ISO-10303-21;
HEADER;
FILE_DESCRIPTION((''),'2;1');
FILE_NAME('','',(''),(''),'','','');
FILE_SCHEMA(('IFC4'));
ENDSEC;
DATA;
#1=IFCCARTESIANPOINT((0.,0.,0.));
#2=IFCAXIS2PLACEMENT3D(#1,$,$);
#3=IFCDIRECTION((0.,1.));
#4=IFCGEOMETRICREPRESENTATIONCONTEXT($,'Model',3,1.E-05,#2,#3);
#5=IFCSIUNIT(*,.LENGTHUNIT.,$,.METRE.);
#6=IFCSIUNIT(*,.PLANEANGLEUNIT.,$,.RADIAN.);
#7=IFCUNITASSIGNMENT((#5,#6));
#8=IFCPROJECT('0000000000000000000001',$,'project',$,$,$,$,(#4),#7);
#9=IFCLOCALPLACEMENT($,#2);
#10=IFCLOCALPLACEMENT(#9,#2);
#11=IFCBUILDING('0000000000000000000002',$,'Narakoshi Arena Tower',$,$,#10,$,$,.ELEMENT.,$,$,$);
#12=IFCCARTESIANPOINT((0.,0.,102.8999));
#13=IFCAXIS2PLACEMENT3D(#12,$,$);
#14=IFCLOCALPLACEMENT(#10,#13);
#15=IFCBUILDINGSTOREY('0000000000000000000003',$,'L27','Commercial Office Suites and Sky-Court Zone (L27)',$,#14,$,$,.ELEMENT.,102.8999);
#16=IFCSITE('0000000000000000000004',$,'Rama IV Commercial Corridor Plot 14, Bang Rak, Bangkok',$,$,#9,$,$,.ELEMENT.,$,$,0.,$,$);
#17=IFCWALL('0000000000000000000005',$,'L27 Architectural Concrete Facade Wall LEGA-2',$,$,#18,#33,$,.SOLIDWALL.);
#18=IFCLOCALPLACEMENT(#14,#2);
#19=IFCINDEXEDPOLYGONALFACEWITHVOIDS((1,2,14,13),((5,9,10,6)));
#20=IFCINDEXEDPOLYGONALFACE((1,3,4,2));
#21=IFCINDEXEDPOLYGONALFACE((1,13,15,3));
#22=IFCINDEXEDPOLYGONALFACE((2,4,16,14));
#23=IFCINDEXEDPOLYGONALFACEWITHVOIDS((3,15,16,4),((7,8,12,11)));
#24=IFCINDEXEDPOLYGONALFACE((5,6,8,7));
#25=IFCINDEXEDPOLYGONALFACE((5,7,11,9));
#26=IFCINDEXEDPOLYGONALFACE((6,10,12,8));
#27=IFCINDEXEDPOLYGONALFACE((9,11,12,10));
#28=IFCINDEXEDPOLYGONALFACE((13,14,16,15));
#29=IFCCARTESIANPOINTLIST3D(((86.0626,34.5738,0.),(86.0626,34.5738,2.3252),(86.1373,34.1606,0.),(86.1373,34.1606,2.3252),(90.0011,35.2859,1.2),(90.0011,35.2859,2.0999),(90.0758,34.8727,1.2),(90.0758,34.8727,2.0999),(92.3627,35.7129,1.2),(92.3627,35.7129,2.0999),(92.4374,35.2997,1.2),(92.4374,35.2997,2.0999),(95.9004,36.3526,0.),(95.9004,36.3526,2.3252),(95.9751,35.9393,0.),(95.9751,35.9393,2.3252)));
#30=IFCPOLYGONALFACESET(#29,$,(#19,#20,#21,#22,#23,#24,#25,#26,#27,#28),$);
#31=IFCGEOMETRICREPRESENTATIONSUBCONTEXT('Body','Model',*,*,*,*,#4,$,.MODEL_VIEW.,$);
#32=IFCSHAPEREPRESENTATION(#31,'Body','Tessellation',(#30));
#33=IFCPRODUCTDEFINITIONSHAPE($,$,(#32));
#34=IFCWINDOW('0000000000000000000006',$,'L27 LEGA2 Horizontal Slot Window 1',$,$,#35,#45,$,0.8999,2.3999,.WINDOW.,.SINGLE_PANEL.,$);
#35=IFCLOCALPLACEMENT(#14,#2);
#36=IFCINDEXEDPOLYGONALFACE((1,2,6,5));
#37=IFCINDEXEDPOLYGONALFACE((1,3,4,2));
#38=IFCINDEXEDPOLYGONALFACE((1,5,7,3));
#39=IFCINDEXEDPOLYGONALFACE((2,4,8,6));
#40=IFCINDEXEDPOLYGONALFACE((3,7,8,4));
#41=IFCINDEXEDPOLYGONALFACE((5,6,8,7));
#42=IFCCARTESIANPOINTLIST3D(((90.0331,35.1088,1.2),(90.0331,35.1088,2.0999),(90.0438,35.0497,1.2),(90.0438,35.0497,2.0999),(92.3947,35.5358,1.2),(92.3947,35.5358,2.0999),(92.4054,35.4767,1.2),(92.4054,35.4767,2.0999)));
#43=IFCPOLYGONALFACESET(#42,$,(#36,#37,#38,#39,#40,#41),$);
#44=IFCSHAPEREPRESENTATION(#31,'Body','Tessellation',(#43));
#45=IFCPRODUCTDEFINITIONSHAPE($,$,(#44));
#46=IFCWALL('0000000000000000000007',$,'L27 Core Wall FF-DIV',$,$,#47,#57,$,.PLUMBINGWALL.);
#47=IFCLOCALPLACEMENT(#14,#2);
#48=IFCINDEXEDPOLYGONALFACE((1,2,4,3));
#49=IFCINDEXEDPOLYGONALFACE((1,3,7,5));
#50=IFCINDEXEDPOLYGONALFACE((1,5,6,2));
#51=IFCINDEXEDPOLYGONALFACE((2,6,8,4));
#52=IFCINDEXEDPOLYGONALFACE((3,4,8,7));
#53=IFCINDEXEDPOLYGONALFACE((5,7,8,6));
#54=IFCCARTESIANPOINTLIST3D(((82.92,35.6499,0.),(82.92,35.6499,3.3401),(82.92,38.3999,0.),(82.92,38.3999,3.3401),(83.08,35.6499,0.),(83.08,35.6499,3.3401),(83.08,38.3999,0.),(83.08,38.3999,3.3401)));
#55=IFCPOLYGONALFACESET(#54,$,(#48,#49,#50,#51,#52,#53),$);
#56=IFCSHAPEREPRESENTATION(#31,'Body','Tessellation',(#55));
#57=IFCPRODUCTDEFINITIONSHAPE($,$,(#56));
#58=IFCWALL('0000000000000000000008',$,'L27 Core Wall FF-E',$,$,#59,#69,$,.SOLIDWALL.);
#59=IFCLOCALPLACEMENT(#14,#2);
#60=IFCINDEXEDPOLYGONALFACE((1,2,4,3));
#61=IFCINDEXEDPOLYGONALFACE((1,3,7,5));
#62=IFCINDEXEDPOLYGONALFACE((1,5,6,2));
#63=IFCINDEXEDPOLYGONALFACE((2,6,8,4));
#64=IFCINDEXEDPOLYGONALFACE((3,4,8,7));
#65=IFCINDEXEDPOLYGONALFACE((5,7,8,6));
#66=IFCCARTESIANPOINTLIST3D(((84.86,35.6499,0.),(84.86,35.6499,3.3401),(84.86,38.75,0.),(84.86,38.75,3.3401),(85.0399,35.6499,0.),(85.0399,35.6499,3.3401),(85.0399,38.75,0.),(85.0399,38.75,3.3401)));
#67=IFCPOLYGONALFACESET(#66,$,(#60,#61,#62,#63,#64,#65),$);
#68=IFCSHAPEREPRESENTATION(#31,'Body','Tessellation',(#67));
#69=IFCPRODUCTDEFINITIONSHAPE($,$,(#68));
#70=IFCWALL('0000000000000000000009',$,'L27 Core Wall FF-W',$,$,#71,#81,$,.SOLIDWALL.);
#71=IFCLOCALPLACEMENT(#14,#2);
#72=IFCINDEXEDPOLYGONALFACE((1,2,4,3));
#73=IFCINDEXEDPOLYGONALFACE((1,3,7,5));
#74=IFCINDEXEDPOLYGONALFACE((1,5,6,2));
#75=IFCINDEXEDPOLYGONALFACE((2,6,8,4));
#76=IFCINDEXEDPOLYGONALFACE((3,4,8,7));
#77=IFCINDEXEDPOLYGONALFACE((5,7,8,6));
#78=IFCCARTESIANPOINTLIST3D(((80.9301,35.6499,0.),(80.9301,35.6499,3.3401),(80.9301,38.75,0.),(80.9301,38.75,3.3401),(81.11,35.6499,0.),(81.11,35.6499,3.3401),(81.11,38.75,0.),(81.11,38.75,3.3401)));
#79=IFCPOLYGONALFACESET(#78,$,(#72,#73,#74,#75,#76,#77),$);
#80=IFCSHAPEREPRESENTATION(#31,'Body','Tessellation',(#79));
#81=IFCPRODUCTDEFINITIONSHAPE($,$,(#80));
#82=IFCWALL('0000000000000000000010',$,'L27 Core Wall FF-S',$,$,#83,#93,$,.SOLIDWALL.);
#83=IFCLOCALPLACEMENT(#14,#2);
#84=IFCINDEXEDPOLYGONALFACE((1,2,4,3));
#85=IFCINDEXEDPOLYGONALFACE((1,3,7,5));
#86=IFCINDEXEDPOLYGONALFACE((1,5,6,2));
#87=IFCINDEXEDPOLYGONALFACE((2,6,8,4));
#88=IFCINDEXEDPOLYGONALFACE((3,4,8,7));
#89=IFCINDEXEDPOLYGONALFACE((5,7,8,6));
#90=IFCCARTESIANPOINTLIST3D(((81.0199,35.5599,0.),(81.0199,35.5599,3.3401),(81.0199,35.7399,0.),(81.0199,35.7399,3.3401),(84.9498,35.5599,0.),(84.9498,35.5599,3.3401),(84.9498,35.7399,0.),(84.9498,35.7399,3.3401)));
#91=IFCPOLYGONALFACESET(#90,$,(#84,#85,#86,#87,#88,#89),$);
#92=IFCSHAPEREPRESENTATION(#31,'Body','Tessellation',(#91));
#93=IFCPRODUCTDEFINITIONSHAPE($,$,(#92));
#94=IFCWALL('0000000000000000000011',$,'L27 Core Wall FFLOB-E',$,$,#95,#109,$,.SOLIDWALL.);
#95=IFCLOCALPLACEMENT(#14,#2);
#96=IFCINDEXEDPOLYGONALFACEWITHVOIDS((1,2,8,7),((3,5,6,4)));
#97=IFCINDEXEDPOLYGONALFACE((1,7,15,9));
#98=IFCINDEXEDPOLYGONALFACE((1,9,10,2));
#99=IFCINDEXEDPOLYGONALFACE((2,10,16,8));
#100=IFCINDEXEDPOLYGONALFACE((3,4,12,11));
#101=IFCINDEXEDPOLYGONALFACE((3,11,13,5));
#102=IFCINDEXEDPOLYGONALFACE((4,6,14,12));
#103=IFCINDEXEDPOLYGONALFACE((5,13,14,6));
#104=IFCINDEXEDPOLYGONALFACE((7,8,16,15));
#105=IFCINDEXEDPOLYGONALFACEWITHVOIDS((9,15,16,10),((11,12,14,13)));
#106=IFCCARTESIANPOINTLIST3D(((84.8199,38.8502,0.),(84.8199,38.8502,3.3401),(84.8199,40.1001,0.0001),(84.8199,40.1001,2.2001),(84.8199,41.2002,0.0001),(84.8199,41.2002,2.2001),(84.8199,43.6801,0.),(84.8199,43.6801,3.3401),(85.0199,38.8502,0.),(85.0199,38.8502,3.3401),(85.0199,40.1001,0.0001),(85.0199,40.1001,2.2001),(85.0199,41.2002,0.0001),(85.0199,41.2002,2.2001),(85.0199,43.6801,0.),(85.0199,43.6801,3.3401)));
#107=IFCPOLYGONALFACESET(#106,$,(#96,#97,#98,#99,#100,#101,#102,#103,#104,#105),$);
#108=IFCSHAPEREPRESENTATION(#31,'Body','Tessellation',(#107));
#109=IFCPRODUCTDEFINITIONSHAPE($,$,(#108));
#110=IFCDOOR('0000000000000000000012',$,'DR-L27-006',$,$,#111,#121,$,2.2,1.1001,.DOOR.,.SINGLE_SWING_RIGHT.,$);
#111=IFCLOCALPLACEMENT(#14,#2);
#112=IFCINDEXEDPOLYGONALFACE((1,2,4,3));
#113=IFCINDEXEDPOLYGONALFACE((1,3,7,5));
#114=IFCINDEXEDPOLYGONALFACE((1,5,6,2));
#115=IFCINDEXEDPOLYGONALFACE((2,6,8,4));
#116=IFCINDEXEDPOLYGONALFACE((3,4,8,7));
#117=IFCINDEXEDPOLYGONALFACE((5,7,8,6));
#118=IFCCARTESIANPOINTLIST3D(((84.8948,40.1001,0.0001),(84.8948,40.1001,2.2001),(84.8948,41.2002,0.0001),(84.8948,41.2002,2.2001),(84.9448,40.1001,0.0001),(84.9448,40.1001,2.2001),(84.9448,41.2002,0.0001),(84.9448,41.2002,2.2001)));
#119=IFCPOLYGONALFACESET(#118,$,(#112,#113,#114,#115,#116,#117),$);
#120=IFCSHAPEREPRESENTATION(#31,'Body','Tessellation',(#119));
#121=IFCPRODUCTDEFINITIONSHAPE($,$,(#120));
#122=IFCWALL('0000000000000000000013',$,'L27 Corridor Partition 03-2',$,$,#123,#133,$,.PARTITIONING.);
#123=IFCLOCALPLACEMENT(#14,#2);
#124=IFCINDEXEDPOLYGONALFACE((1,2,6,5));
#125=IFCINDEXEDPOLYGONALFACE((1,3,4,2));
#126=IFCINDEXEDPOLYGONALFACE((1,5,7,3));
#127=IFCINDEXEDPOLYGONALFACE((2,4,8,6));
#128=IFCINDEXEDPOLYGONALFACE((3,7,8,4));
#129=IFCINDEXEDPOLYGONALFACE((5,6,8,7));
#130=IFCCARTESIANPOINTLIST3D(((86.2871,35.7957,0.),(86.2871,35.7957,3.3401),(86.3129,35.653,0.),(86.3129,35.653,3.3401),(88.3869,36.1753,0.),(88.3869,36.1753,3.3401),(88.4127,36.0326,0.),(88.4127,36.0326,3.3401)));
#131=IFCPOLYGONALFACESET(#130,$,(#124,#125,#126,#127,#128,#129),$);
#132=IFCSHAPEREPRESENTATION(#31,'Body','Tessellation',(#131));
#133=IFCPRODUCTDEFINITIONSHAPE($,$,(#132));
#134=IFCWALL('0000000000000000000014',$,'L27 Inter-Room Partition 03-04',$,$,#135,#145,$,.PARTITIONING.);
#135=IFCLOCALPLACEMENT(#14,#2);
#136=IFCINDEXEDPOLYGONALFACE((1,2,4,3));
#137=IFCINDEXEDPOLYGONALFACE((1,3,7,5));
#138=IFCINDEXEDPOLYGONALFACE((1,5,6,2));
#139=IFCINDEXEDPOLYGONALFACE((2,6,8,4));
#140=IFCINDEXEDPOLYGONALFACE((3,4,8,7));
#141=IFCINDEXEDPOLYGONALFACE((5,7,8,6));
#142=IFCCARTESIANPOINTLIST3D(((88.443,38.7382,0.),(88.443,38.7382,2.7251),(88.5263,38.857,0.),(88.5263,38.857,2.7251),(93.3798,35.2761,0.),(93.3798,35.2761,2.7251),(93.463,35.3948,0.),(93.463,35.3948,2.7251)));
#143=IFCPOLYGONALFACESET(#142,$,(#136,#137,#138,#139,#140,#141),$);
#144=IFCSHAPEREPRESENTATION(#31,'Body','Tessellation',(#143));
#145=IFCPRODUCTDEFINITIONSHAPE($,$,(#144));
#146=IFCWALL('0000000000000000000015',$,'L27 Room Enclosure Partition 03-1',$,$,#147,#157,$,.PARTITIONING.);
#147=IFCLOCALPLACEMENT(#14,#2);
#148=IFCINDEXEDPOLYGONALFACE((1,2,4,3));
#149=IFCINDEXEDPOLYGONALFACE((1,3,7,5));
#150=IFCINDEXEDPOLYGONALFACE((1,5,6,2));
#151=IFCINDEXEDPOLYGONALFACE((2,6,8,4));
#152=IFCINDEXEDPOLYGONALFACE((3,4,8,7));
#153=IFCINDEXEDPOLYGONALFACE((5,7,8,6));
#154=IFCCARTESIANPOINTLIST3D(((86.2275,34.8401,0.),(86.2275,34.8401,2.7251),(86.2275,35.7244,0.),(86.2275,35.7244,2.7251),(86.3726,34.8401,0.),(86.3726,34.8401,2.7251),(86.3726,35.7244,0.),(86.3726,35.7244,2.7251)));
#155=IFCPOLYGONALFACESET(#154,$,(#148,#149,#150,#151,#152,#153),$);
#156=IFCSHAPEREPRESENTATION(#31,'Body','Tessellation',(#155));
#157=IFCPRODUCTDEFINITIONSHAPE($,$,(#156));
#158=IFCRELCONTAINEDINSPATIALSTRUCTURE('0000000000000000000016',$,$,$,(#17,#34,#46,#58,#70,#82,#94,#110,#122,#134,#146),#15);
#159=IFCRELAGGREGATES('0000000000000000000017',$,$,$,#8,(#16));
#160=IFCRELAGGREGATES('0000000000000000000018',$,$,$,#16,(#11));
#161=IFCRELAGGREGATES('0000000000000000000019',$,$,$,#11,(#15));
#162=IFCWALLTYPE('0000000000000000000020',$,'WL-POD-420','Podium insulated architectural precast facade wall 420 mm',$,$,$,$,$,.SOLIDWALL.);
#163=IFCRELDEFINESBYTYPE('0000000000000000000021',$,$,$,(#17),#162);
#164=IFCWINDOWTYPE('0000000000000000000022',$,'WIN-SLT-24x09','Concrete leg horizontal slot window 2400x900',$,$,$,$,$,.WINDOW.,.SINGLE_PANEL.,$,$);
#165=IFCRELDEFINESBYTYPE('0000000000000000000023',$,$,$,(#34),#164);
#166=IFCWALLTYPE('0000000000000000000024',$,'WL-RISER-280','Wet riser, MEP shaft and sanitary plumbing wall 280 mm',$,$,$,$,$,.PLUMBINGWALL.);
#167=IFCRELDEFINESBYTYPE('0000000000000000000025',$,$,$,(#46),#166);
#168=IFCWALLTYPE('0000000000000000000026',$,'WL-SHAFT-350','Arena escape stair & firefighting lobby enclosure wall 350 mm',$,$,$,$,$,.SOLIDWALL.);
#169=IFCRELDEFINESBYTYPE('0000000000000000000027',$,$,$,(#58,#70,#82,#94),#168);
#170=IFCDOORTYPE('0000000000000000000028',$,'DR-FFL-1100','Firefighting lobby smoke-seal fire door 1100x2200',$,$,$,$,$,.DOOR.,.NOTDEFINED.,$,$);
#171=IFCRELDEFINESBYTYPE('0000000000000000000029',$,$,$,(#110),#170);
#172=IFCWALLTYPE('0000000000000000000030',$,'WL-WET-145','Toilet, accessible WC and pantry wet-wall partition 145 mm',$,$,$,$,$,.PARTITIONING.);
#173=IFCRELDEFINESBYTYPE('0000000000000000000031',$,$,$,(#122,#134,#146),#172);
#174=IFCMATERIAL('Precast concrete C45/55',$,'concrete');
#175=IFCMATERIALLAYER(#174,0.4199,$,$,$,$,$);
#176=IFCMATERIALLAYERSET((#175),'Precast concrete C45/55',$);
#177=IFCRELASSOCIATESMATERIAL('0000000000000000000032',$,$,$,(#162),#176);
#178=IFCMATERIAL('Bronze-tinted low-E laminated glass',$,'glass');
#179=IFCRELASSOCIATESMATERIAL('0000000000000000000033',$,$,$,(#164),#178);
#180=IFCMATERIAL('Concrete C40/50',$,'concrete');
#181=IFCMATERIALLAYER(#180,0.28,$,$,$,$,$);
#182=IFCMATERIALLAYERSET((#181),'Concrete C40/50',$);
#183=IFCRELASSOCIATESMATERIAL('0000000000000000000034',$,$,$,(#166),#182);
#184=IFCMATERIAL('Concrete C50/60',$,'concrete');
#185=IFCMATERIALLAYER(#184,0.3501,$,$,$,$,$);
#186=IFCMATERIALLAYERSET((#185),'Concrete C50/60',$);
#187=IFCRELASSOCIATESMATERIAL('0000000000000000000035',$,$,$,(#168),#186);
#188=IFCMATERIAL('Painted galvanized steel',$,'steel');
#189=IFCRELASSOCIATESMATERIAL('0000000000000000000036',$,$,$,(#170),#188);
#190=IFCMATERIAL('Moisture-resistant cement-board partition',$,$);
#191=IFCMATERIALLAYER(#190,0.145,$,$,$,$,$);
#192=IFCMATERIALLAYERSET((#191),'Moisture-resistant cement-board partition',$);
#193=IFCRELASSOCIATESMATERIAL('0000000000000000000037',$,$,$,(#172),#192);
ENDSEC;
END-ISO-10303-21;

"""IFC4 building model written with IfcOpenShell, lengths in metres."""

from ifc_helpers import new_model, si_unit, direction, frame, frame_2d, origin, place, context, subcontext, project, spatial, rectangle, extrude, material, layer, layer_set, type_object, element, fill, save


model = new_model("IFC4")

# Units and contexts
model_context = context("Model", 3, precision=1e-05, world=origin(), true_north=direction((0.0, 1.0)))
body_context = subcontext(model_context, "Body", "Model", "MODEL_VIEW")
ifc_project = project(units=[si_unit("LENGTHUNIT", "METRE"), si_unit("PLANEANGLEUNIT", "RADIAN")], contexts=[model_context])

# Site, building, storey
site_placement = place(None, origin())
site = spatial("IfcSite", under=ifc_project, at=site_placement, Name="Rama IV Commercial Corridor Plot 14, Bang Rak, Bangkok", CompositionType="ELEMENT", RefElevation=0.0)
building_placement = place(site_placement, origin())
building = spatial("IfcBuilding", under=site, at=building_placement, Name="Narakoshi Arena Tower", CompositionType="ELEMENT")
storey_placement = place(building_placement, frame((0.0, 0.0, 102.8999)))
storey = spatial("IfcBuildingStorey", under=building, at=storey_placement, Name="L27", Description="Commercial Office Suites and Sky-Court Zone (L27)", CompositionType="ELEMENT", Elevation=102.8999)

# Wall, opening, window
ifc_material_1 = material(Name="Precast concrete C45/55", Category="concrete")
ifc_layer_1 = layer(ifc_material_1, 0.4199)
ifc_layer_set_1 = layer_set([ifc_layer_1], Name="Precast concrete C45/55")
wall_type_1 = type_object("IfcWallType", Name="WL-POD-420", Description="Podium insulated architectural precast facade wall 420 mm", PredefinedType="SOLIDWALL", material=ifc_layer_set_1)
wall_1_placement = place(storey_placement, frame((86.1001, 34.3672, 0.0), z_axis=(0.0, 0.0, 1.0), x_axis=(0.984044, 0.177927, 0.0)))
wall_1 = element("IfcWall", 1, at=wall_1_placement, inside=storey, type_object=wall_type_1, Name="L27 Architectural Concrete Facade Wall LEGA-2", PredefinedType="SOLIDWALL", context=body_context, shape_type="SweptSolid", body=[
    extrude(rectangle(XDim=9.9973, YDim=0.4199, at=frame_2d((4.9985, 0.0))), origin(), (0.0, 0.0, 1.0), 2.3252),
])
opening_1_placement = place(wall_1_placement, frame((4.0022, 0.0, 1.2)))
opening_1 = element("IfcOpeningElement", 2, at=opening_1_placement, cuts=wall_1, PredefinedType="OPENING", context=body_context, shape_type="SweptSolid", body=[
    extrude(rectangle(XDim=2.3999, YDim=0.8999, at=frame_2d((1.2, 0.45))), frame((0.0, 0.22, 0.0), z_axis=(0.0, -1.0, 0.0), x_axis=(1.0, 0.0, 0.0)), (0.0, 0.0, 1.0), 0.4399),
])
ifc_material_2 = material(Name="Bronze-tinted low-E laminated glass", Category="glass")
window_type = type_object("IfcWindowType", Name="WIN-SLT-24x09", Description="Concrete leg horizontal slot window 2400x900", PartitioningType="SINGLE_PANEL", PredefinedType="WINDOW", material=ifc_material_2)
window_placement = place(opening_1_placement, origin())
window = element("IfcWindow", 3, at=window_placement, inside=storey, type_object=window_type, Name="L27 LEGA2 Horizontal Slot Window 1", OverallHeight=0.8999, OverallWidth=2.3999, PartitioningType="SINGLE_PANEL", PredefinedType="WINDOW", context=body_context, shape_type="SweptSolid", body=[
    extrude(rectangle(XDim=2.3999, YDim=0.8999, at=frame_2d((1.2, 0.45))), frame((0.0, 0.03, 0.0), z_axis=(0.0, -1.0, 0.0), x_axis=(1.0, 0.0, 0.0)), (0.0, 0.0, 1.0), 0.0601),
])
fill(opening_1, window)

# Walls
ifc_material_3 = material(Name="Concrete C40/50", Category="concrete")
ifc_layer_2 = layer(ifc_material_3, 0.28)
ifc_layer_set_2 = layer_set([ifc_layer_2], Name="Concrete C40/50")
wall_type_2 = type_object("IfcWallType", Name="WL-RISER-280", Description="Wet riser, MEP shaft and sanitary plumbing wall 280 mm", PredefinedType="PLUMBINGWALL", material=ifc_layer_set_2)
wall_2_placement = place(storey_placement, frame((83.0, 35.6499, 0.0), z_axis=(0.0, 0.0, 1.0), x_axis=(0.0, 1.0, 0.0)))
element("IfcWall", 4, at=wall_2_placement, inside=storey, type_object=wall_type_2, Name="L27 Core Wall FF-DIV", PredefinedType="PLUMBINGWALL", context=body_context, shape_type="SweptSolid", body=[
    extrude(rectangle(XDim=2.75, YDim=0.1599, at=frame_2d((1.375, 0.0))), origin(), (0.0, 0.0, 1.0), 3.3401),
])
ifc_material_4 = material(Name="Concrete C50/60", Category="concrete")
ifc_layer_3 = layer(ifc_material_4, 0.3501)
ifc_layer_set_3 = layer_set([ifc_layer_3], Name="Concrete C50/60")
wall_type_3 = type_object("IfcWallType", Name="WL-SHAFT-350", Description="Arena escape stair & firefighting lobby enclosure wall 350 mm", PredefinedType="SOLIDWALL", material=ifc_layer_set_3)
for number, where, z_axis, x_axis, name in (
    (5, (84.95, 35.6499, 0.0), (0.0, 0.0, 1.0), (0.0, 1.0, 0.0), "L27 Core Wall FF-E"),
    (6, (81.02, 35.6499, 0.0), (0.0, 0.0, 1.0), (0.0, 1.0, 0.0), "L27 Core Wall FF-W"),
):
    element("IfcWall", number, at=place(storey_placement, frame(where, z_axis=z_axis, x_axis=x_axis)), inside=storey, type_object=wall_type_3, Name=name, PredefinedType="SOLIDWALL", context=body_context, shape_type="SweptSolid", body=[
        extrude(rectangle(XDim=3.1001, YDim=0.1799, at=frame_2d((1.55, 0.0))), origin(), (0.0, 0.0, 1.0), 3.3401),
    ])
wall_3_placement = place(storey_placement, frame((81.02, 35.6499, 0.0), z_axis=(0.0, 0.0, 1.0), x_axis=(1.0, 0.0, 0.0)))
element("IfcWall", 7, at=wall_3_placement, inside=storey, type_object=wall_type_3, Name="L27 Core Wall FF-S", PredefinedType="SOLIDWALL", context=body_context, shape_type="SweptSolid", body=[
    extrude(rectangle(XDim=3.9299, YDim=0.1799, at=frame_2d((1.9648, 0.0))), origin(), (0.0, 0.0, 1.0), 3.3401),
])

# Wall, opening, door
wall_4_placement = place(storey_placement, frame((84.9199, 38.8501, 0.0), z_axis=(0.0, 0.0, 1.0), x_axis=(0.0, 1.0, 0.0)))
wall_4 = element("IfcWall", 8, at=wall_4_placement, inside=storey, type_object=wall_type_3, Name="L27 Core Wall FFLOB-E", PredefinedType="SOLIDWALL", context=body_context, shape_type="SweptSolid", body=[
    extrude(rectangle(XDim=4.8298, YDim=0.2, at=frame_2d((2.415, 0.0))), origin(), (0.0, 0.0, 1.0), 3.3401),
])
opening_2_placement = place(wall_4_placement, frame((1.25, 0.0, 0.0)))
opening_2 = element("IfcOpeningElement", 9, at=opening_2_placement, cuts=wall_4, PredefinedType="OPENING", context=body_context, shape_type="SweptSolid", body=[
    extrude(rectangle(XDim=1.1001, YDim=2.2, at=frame_2d((0.55, 1.1001))), frame((0.0, 0.1099, 0.0), z_axis=(0.0, -1.0, 0.0), x_axis=(1.0, 0.0, 0.0)), (0.0, 0.0, 1.0), 0.22),
])
ifc_material_5 = material(Name="Painted galvanized steel", Category="steel")
door_type_1 = type_object("IfcDoorType", Name="DR-FFL-1100", Description="Firefighting lobby smoke-seal fire door 1100x2200", OperationType="NOTDEFINED", PredefinedType="DOOR", material=ifc_material_5)
door_1_placement = place(opening_2_placement, frame((1.1001, 0.0, 0.0), z_axis=(0.0, 0.0, 1.0), x_axis=(-1.0, 0.0, 0.0)))
door_1 = element("IfcDoor", 10, at=door_1_placement, inside=storey, type_object=door_type_1, Name="DR-L27-006", OperationType="SINGLE_SWING_RIGHT", OverallHeight=2.2, OverallWidth=1.1001, PredefinedType="DOOR", context=body_context, shape_type="SweptSolid", body=[
    extrude(rectangle(XDim=1.1001, YDim=2.2, at=frame_2d((0.55, 1.1001))), frame((0.0, 0.0249, 0.0), z_axis=(0.0, -1.0, 0.0), x_axis=(1.0, 0.0, 0.0)), (0.0, 0.0, 1.0), 0.05),
])
fill(opening_2, door_1)
ifc_material_6 = material(Name="Moisture-resistant cement-board partition")
ifc_layer_4 = layer(ifc_material_6, 0.145)
ifc_layer_set_4 = layer_set([ifc_layer_4], Name="Moisture-resistant cement-board partition")
wall_type_4 = type_object("IfcWallType", Name="WL-WET-145", Description="Toilet, accessible WC and pantry wet-wall partition 145 mm", PredefinedType="PARTITIONING", material=ifc_layer_set_4)

# Walls
wall_5_placement = place(storey_placement, frame((86.3, 35.7244, 0.0), z_axis=(0.0, 0.0, 1.0), x_axis=(0.984047, 0.177909, 0.0)))
element("IfcWall", 11, at=wall_5_placement, inside=storey, type_object=wall_type_4, Name="L27 Corridor Partition 03-2", PredefinedType="PARTITIONING", context=body_context, shape_type="SweptSolid", body=[
    extrude(rectangle(XDim=2.1338, YDim=0.145, at=frame_2d((1.0669, 0.0))), origin(), (0.0, 0.0, 1.0), 3.3401),
])
wall_6_placement = place(storey_placement, frame((88.4846, 38.7976, 0.0), z_axis=(0.0, 0.0, 1.0), x_axis=(0.818731, -0.574177, 0.0)))
element("IfcWall", 12, at=wall_6_placement, inside=storey, type_object=wall_type_4, Name="L27 Inter-Room Partition 03-04", PredefinedType="PARTITIONING", context=body_context, shape_type="SweptSolid", body=[
    extrude(rectangle(XDim=6.0298, YDim=0.145, at=frame_2d((3.0149, 0.0))), origin(), (0.0, 0.0, 1.0), 2.7251),
])
wall_7_placement = place(storey_placement, frame((86.3, 34.8401, 0.0), z_axis=(0.0, 0.0, 1.0), x_axis=(0.0, 1.0, 0.0)))
element("IfcWall", 13, at=wall_7_placement, inside=storey, type_object=wall_type_4, Name="L27 Room Enclosure Partition 03-1", PredefinedType="PARTITIONING", context=body_context, shape_type="SweptSolid", body=[
    extrude(rectangle(XDim=0.8843, YDim=0.145, at=frame_2d((0.4421, 0.0))), origin(), (0.0, 0.0, 1.0), 2.7251),
])

save(model, "model.ifc")
